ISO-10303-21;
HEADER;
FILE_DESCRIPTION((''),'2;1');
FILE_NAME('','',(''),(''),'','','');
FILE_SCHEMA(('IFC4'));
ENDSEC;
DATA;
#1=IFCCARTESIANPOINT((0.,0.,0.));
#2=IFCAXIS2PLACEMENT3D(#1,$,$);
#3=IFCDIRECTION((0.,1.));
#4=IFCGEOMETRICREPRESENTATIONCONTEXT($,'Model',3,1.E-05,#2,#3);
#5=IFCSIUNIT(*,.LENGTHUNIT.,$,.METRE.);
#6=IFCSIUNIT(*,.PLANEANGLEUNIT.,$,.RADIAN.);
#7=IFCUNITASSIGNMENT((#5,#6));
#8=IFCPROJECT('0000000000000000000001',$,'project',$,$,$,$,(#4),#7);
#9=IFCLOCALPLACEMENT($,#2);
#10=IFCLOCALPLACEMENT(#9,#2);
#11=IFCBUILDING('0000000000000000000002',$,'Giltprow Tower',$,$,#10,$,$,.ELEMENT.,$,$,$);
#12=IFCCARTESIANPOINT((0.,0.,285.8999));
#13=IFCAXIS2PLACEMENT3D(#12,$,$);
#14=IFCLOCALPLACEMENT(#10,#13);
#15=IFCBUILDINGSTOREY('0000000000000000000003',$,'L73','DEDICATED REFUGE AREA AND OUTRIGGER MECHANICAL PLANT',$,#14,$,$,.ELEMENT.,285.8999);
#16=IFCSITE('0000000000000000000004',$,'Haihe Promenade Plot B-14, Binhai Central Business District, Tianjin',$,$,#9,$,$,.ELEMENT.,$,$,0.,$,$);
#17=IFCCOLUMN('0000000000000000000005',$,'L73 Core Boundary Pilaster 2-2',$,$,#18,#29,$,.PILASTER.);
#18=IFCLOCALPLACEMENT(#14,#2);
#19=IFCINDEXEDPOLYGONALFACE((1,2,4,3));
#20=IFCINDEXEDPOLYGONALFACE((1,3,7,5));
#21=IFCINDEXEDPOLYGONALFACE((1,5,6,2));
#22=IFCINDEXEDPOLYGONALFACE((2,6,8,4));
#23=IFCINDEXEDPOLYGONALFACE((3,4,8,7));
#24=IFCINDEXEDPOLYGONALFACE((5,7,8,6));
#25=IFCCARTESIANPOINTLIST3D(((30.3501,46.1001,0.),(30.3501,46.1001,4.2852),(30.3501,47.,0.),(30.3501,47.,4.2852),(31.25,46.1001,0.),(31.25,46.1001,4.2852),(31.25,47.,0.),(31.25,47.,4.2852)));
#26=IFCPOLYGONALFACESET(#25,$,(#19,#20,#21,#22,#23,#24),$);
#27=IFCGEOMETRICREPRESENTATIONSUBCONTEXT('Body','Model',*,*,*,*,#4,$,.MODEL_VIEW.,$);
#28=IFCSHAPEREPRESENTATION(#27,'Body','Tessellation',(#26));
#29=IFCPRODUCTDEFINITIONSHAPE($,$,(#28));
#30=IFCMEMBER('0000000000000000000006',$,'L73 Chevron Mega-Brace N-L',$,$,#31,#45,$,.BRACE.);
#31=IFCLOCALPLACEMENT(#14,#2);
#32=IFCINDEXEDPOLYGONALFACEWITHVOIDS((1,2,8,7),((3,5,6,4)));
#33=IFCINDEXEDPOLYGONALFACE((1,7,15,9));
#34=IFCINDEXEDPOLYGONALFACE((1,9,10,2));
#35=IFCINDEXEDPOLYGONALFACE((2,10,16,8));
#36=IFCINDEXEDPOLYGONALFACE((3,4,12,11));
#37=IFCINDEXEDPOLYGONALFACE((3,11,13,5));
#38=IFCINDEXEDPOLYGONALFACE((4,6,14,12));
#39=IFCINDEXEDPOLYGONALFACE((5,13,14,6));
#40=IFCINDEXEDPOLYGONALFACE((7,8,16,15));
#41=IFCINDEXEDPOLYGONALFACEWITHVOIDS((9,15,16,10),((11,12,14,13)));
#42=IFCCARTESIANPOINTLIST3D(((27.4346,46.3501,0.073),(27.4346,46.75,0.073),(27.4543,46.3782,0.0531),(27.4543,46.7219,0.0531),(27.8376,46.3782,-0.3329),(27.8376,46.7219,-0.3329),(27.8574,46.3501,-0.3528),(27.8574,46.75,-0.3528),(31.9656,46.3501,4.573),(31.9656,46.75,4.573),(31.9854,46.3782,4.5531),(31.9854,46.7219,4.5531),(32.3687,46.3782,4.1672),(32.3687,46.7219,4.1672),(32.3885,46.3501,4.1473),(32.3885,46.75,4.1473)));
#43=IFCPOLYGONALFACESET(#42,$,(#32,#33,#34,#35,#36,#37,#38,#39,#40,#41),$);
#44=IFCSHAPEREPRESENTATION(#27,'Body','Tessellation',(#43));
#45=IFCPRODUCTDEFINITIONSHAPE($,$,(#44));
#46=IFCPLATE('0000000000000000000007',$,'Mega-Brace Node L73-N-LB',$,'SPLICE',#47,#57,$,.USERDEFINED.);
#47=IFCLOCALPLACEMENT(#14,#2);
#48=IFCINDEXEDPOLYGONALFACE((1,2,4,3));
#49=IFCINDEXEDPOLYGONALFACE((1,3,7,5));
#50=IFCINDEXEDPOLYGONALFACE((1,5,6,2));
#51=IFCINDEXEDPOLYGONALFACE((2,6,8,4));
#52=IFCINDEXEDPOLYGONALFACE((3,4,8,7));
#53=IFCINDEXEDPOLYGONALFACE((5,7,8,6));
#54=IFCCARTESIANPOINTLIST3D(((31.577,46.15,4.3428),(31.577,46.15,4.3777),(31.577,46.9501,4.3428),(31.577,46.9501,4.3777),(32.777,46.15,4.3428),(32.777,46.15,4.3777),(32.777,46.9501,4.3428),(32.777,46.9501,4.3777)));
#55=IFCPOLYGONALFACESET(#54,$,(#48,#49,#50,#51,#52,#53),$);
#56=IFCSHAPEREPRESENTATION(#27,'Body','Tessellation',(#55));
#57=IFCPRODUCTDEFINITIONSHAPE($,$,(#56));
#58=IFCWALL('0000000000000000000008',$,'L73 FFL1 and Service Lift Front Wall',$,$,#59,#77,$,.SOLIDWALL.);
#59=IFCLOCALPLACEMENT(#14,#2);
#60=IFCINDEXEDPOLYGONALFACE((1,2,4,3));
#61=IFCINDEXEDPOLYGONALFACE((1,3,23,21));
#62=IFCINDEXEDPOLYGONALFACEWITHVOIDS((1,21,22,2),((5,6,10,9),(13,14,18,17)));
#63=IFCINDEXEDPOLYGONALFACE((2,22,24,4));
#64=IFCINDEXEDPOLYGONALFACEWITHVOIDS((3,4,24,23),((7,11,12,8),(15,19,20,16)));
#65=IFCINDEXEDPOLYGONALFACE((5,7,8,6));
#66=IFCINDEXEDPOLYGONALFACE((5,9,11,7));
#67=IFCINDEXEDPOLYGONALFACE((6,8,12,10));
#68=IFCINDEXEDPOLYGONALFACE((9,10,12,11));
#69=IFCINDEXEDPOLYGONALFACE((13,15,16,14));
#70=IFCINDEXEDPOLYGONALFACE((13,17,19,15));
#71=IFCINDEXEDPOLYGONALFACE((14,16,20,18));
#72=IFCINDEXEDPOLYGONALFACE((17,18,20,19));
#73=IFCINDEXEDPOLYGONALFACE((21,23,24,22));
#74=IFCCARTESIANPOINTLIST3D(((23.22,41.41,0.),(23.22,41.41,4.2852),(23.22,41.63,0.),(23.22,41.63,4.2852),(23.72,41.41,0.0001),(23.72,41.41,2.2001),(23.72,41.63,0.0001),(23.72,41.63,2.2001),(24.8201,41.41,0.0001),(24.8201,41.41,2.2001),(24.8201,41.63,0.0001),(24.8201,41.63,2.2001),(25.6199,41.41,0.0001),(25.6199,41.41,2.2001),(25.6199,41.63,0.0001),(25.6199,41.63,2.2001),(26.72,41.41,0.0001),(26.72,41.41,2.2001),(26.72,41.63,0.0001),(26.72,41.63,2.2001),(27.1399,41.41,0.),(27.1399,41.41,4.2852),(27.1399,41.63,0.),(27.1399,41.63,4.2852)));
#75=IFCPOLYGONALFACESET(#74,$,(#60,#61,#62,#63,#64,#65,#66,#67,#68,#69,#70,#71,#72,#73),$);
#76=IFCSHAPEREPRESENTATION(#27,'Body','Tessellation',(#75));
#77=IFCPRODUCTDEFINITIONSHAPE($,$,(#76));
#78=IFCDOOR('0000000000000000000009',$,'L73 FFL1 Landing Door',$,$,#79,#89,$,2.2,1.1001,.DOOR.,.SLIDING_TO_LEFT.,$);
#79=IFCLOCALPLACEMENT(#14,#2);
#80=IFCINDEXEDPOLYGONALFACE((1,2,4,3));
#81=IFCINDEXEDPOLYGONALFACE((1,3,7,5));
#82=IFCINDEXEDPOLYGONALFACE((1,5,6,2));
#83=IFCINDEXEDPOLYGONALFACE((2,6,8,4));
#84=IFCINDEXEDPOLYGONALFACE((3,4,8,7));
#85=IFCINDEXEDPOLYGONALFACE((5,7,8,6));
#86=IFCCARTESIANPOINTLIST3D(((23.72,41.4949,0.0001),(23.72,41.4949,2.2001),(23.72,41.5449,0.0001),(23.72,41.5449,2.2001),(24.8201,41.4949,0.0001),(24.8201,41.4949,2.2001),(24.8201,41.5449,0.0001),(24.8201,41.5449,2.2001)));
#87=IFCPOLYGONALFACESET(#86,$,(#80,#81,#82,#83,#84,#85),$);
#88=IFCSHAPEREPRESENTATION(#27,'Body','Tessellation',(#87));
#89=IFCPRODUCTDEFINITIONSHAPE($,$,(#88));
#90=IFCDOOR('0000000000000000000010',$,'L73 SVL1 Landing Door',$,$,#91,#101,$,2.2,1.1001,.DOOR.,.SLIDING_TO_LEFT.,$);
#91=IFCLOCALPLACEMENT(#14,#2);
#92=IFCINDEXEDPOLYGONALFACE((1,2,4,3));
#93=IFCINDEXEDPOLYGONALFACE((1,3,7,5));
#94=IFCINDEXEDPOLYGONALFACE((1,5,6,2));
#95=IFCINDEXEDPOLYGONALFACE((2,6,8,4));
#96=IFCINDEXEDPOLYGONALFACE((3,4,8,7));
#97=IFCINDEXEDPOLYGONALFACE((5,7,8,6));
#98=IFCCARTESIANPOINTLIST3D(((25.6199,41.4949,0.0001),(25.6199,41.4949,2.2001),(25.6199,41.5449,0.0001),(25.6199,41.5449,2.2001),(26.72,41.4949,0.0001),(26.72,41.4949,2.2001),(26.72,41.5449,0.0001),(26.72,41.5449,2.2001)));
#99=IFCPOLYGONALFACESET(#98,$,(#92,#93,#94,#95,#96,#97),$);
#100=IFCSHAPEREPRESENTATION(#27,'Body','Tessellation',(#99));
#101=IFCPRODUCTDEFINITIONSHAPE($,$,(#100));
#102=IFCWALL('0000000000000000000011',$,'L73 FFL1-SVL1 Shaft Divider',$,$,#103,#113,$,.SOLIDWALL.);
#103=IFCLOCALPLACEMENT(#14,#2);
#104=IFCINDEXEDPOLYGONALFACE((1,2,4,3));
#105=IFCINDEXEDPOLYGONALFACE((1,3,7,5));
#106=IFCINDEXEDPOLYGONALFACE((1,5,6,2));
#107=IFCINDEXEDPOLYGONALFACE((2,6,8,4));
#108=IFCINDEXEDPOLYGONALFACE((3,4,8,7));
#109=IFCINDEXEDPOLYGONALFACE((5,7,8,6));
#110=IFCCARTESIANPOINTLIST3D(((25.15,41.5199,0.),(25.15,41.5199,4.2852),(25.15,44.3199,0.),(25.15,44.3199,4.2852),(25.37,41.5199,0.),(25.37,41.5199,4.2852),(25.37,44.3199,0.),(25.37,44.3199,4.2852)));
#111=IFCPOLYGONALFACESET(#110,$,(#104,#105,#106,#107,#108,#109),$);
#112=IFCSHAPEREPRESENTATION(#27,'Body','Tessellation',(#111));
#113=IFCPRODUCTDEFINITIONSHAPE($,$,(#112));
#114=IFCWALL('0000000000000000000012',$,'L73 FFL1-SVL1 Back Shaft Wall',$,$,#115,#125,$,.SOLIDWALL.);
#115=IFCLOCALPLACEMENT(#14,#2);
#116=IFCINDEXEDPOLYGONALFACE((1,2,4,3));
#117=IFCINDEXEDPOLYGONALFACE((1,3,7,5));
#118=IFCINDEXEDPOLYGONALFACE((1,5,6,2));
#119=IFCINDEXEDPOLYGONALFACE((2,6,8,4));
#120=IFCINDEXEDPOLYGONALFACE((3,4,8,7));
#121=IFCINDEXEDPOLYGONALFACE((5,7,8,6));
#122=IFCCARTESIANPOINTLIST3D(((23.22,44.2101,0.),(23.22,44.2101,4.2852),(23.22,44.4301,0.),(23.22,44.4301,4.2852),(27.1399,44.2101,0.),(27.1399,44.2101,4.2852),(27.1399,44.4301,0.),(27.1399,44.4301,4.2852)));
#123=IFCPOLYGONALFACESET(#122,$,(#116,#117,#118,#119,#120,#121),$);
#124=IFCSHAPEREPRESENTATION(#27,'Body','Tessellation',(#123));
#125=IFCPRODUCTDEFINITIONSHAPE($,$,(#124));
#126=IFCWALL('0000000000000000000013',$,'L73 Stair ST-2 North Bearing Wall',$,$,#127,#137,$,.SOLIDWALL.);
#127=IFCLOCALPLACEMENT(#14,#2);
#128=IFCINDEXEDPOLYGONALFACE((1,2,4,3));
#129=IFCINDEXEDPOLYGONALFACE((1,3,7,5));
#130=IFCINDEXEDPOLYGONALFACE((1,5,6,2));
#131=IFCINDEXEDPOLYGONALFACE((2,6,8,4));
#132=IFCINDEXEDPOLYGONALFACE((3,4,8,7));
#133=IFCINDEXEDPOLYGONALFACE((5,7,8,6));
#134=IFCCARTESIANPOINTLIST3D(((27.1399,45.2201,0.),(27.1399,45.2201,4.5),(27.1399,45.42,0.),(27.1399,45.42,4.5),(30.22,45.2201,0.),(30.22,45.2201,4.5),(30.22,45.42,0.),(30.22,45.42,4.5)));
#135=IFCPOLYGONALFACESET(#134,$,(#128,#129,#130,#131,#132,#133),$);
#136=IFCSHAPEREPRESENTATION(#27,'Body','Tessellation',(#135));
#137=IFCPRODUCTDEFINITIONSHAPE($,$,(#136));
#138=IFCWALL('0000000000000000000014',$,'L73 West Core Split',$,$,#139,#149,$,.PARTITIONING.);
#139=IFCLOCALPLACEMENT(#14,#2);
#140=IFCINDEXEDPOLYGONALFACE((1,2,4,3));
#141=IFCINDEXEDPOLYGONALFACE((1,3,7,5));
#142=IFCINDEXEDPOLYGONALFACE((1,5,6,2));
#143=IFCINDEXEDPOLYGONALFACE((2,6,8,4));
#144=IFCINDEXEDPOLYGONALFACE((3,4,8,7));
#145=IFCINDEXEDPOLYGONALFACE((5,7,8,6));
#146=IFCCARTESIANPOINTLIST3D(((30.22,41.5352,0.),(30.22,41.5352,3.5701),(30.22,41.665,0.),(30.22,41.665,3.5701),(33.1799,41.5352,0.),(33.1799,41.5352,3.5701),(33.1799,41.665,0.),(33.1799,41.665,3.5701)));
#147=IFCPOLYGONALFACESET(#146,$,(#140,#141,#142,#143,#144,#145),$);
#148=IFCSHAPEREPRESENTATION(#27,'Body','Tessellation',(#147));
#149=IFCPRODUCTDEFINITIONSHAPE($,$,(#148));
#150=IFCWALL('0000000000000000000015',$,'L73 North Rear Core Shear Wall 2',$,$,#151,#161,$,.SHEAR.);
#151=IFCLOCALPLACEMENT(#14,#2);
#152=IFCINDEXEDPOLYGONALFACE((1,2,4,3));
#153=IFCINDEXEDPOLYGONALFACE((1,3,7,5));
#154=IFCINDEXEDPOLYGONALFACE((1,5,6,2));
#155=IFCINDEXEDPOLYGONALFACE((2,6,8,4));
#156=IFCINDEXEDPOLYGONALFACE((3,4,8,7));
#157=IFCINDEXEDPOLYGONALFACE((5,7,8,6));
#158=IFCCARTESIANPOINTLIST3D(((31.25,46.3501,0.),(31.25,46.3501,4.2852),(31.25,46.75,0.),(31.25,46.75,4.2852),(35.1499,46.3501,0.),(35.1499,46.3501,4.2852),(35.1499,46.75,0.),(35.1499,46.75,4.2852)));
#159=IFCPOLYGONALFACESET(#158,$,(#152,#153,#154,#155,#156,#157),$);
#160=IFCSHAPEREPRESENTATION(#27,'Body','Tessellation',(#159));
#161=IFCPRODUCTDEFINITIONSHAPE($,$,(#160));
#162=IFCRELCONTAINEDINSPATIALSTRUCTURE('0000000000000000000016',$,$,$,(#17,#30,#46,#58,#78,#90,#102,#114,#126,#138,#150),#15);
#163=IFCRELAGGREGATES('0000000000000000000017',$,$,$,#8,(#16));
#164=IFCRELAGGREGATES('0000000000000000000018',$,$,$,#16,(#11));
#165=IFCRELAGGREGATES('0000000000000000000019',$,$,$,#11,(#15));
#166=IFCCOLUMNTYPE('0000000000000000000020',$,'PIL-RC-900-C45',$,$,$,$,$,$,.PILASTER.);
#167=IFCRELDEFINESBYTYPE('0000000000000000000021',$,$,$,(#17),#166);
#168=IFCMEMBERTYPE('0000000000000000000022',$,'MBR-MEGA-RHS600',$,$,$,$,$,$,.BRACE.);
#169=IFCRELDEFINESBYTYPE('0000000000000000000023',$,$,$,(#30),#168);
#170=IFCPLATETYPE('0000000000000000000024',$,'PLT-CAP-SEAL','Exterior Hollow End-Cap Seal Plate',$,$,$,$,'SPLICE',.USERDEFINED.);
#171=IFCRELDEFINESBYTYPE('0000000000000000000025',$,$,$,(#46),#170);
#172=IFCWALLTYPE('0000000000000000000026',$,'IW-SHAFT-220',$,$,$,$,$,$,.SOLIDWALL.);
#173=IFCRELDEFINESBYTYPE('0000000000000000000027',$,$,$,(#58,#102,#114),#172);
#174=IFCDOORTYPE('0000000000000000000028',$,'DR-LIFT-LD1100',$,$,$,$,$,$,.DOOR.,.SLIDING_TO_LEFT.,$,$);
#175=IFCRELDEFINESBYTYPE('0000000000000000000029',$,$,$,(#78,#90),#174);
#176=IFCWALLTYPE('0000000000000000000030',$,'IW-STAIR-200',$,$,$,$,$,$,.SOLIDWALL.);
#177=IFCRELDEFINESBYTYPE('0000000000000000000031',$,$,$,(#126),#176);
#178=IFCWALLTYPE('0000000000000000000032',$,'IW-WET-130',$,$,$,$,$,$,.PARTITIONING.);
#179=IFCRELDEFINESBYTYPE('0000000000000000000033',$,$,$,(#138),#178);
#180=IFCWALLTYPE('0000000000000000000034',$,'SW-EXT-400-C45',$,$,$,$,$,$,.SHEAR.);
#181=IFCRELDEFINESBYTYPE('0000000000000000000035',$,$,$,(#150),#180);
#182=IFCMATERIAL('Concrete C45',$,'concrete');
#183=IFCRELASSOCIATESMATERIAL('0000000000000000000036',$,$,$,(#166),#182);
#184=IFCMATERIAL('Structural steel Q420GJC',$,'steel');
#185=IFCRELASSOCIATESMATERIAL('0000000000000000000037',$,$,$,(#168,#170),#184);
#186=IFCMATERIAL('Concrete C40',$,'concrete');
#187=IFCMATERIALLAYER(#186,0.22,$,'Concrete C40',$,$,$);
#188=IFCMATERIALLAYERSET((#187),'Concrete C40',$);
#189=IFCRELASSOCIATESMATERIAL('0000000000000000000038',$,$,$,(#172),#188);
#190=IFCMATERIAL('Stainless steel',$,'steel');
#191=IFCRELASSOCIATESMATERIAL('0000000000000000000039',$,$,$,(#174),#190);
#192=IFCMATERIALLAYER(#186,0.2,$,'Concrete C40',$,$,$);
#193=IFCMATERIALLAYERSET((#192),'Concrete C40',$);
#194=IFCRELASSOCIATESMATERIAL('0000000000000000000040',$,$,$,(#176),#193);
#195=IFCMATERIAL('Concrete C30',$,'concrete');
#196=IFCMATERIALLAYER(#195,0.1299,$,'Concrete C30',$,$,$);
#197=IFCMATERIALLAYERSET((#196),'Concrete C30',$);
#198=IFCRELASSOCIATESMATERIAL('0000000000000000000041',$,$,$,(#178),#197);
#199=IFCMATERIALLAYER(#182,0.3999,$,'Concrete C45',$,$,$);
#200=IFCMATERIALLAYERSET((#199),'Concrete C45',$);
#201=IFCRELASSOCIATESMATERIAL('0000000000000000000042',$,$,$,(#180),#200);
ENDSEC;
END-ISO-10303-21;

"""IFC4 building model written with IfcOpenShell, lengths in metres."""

from ifc_helpers import new_model, si_unit, direction, frame, frame_2d, origin, origin_2d, place, context, subcontext, project, spatial, rectangle, hollow_rectangle, extrude, source, transform, mapped, material, layer, layer_set, material_profile, profile_set, type_object, element, fill, save


model = new_model("IFC4")

# Units and contexts
model_context = context("Model", 3, precision=1e-05, world=origin(), true_north=direction((0.0, 1.0)))
body_context = subcontext(model_context, "Body", "Model", "MODEL_VIEW")
ifc_project = project(units=[si_unit("LENGTHUNIT", "METRE"), si_unit("PLANEANGLEUNIT", "RADIAN")], contexts=[model_context])

# Site, building, storey
site_placement = place(None, origin())
site = spatial("IfcSite", under=ifc_project, at=site_placement, Name="Haihe Promenade Plot B-14, Binhai Central Business District, Tianjin", CompositionType="ELEMENT", RefElevation=0.0)
building_placement = place(site_placement, origin())
building = spatial("IfcBuilding", under=site, at=building_placement, Name="Giltprow Tower", CompositionType="ELEMENT")
storey_placement = place(building_placement, frame((0.0, 0.0, 285.8999)))
storey = spatial("IfcBuildingStorey", under=building, at=storey_placement, Name="L73", Description="DEDICATED REFUGE AREA AND OUTRIGGER MECHANICAL PLANT", CompositionType="ELEMENT", Elevation=285.8999)

# Column
ifc_material_1 = material(Name="Concrete C45", Category="concrete")
ifc_material_profile_1 = material_profile(ifc_material_1, rectangle(XDim=0.8999, YDim=0.8999, at=origin_2d()), Name="RC 900x900")
ifc_profile_set_1 = profile_set([ifc_material_profile_1], Name="Concrete C45")
column_type = type_object("IfcColumnType", Name="PIL-RC-900-C45", PredefinedType="PILASTER", material=ifc_profile_set_1)
shared_shape_1 = source(origin(), body_context, "Body", "SweptSolid", [
    extrude(rectangle(XDim=0.8999, YDim=0.8999, at=origin_2d()), origin(), (0.0, 0.0, 1.0), 4.2852),
])
column_placement = place(storey_placement, frame((30.8, 46.55, 0.0), z_axis=(0.0, 0.0, 1.0), x_axis=(1.0, 0.0, 0.0)))
element("IfcColumn", 1, at=column_placement, inside=storey, type_object=column_type, Name="L73 Core Boundary Pilaster 2-2", PredefinedType="PILASTER", context=body_context, shape_type="MappedRepresentation", body=[
    mapped(shared_shape_1, transform((0.0, 0.0, 0.0), x_axis=(1.0, 0.0, 0.0), y_axis=(0.0, 1.0, 0.0), z_axis=(0.0, 0.0, 1.0), scale=1.0)),
])

# Member
ifc_material_2 = material(Name="Structural steel Q420GJC", Category="steel")
ifc_material_profile_2 = material_profile(ifc_material_2, hollow_rectangle(XDim=0.3999, YDim=0.6001, WallThickness=0.0281, at=origin_2d()), Name="RHS 600x400x28")
ifc_profile_set_2 = profile_set([ifc_material_profile_2], Name="Structural steel Q420GJC")
member_type = type_object("IfcMemberType", Name="MBR-MEGA-RHS600", PredefinedType="BRACE", material=ifc_profile_set_2)
shared_shape_2 = source(origin(), body_context, "Body", "SweptSolid", [
    extrude(hollow_rectangle(XDim=0.3999, YDim=0.6001, WallThickness=0.0281, at=origin_2d()), origin(), (0.0, 0.0, 1.0), 6.386),
])
member_placement = place(storey_placement, frame((27.646, 46.55, -0.1399), z_axis=(0.70953, 0.0, 0.704675), x_axis=(0.0, 1.0, 0.0)))
element("IfcMember", 2, at=member_placement, inside=storey, type_object=member_type, Name="L73 Chevron Mega-Brace N-L", PredefinedType="BRACE", context=body_context, shape_type="MappedRepresentation", body=[
    mapped(shared_shape_2, transform((0.0, 0.0, 0.0), x_axis=(1.0, 0.0, 0.0), y_axis=(0.0, 1.0, 0.0), z_axis=(0.0, 0.0, 1.0), scale=1.0)),
])

# Plate
plate_type = type_object("IfcPlateType", Name="PLT-CAP-SEAL", Description="Exterior Hollow End-Cap Seal Plate", ElementType="SPLICE", PredefinedType="USERDEFINED", material=ifc_material_2)
shared_shape_3 = source(origin(), body_context, "Body", "SweptSolid", [
    extrude(rectangle(XDim=1.2, YDim=0.8, at=origin_2d()), origin(), (0.0, 0.0, 1.0), 0.0349),
])
plate_placement = place(storey_placement, frame((32.177, 46.55, 4.3428), z_axis=(0.0, 0.0, 1.0), x_axis=(1.0, 0.0, 0.0)))
element("IfcPlate", 3, at=plate_placement, inside=storey, type_object=plate_type, Name="Mega-Brace Node L73-N-LB", ObjectType="SPLICE", PredefinedType="USERDEFINED", context=body_context, shape_type="MappedRepresentation", body=[
    mapped(shared_shape_3, transform((0.0, 0.0, 0.0), x_axis=(1.0, 0.0, 0.0), y_axis=(0.0, 1.0, 0.0), z_axis=(0.0, 0.0, 1.0), scale=1.0)),
])

# Wall, openings, doors
ifc_material_3 = material(Name="Concrete C40", Category="concrete")
ifc_layer_1 = layer(ifc_material_3, 0.22, Name="Concrete C40")
ifc_layer_set_1 = layer_set([ifc_layer_1], Name="Concrete C40")
wall_type_1 = type_object("IfcWallType", Name="IW-SHAFT-220", PredefinedType="SOLIDWALL", material=ifc_layer_set_1)
wall_1_placement = place(storey_placement, frame((23.22, 41.52, 0.0), z_axis=(0.0, 0.0, 1.0), x_axis=(1.0, 0.0, 0.0)))
wall_1 = element("IfcWall", 4, at=wall_1_placement, inside=storey, type_object=wall_type_1, Name="L73 FFL1 and Service Lift Front Wall", PredefinedType="SOLIDWALL", context=body_context, shape_type="SweptSolid", body=[
    extrude(rectangle(XDim=3.9199, YDim=0.22, at=frame_2d((1.96, 0.0))), origin(), (0.0, 0.0, 1.0), 4.2852),
])
opening_1_placement = place(wall_1_placement, frame((0.5, 0.0, 0.0)))
opening_1 = element("IfcOpeningElement", 5, at=opening_1_placement, cuts=wall_1, PredefinedType="OPENING", context=body_context, shape_type="SweptSolid", body=[
    extrude(rectangle(XDim=1.1001, YDim=2.2, at=frame_2d((0.55, 1.1001))), frame((0.0, 0.1199, 0.0), z_axis=(0.0, -1.0, 0.0), x_axis=(1.0, 0.0, 0.0)), (0.0, 0.0, 1.0), 0.24),
])
opening_2_placement = place(wall_1_placement, frame((2.3999, 0.0, 0.0)))
opening_2 = element("IfcOpeningElement", 6, at=opening_2_placement, cuts=wall_1, PredefinedType="OPENING", context=body_context, shape_type="SweptSolid", body=[
    extrude(rectangle(XDim=1.1001, YDim=2.2, at=frame_2d((0.55, 1.1001))), frame((0.0, 0.1199, 0.0), z_axis=(0.0, -1.0, 0.0), x_axis=(1.0, 0.0, 0.0)), (0.0, 0.0, 1.0), 0.24),
])
ifc_material_4 = material(Name="Stainless steel", Category="steel")
door_type = type_object("IfcDoorType", Name="DR-LIFT-LD1100", OperationType="SLIDING_TO_LEFT", PredefinedType="DOOR", material=ifc_material_4)
shared_shape_4 = source(origin(), body_context, "Body", "SweptSolid", [
    extrude(rectangle(XDim=1.1001, YDim=2.2, at=frame_2d((0.55, 1.1001))), frame((0.0, 0.0249, 0.0), z_axis=(0.0, -1.0, 0.0), x_axis=(1.0, 0.0, 0.0)), (0.0, 0.0, 1.0), 0.05),
])
door_1_placement = place(opening_1_placement, origin())
door_1 = element("IfcDoor", 7, at=door_1_placement, inside=storey, type_object=door_type, Name="L73 FFL1 Landing Door", OperationType="SLIDING_TO_LEFT", OverallHeight=2.2, OverallWidth=1.1001, PredefinedType="DOOR", context=body_context, shape_type="MappedRepresentation", body=[
    mapped(shared_shape_4, transform((0.0, 0.0, 0.0), x_axis=(1.0, 0.0, 0.0), y_axis=(0.0, 1.0, 0.0), z_axis=(0.0, 0.0, 1.0), scale=1.0)),
])
fill(opening_1, door_1)
door_2_placement = place(opening_2_placement, origin())
door_2 = element("IfcDoor", 8, at=door_2_placement, inside=storey, type_object=door_type, Name="L73 SVL1 Landing Door", OperationType="SLIDING_TO_LEFT", OverallHeight=2.2, OverallWidth=1.1001, PredefinedType="DOOR", context=body_context, shape_type="MappedRepresentation", body=[
    mapped(shared_shape_4, transform((0.0, 0.0, 0.0), x_axis=(1.0, 0.0, 0.0), y_axis=(0.0, 1.0, 0.0), z_axis=(0.0, 0.0, 1.0), scale=1.0)),
])
fill(opening_2, door_2)

# Walls
wall_2_placement = place(storey_placement, frame((25.26, 41.52, 0.0), z_axis=(0.0, 0.0, 1.0), x_axis=(0.0, 1.0, 0.0)))
element("IfcWall", 9, at=wall_2_placement, inside=storey, type_object=wall_type_1, Name="L73 FFL1-SVL1 Shaft Divider", PredefinedType="SOLIDWALL", context=body_context, shape_type="SweptSolid", body=[
    extrude(rectangle(XDim=2.8, YDim=0.22, at=frame_2d((1.3999, 0.0))), origin(), (0.0, 0.0, 1.0), 4.2852),
])
wall_3_placement = place(storey_placement, frame((23.22, 44.3201, 0.0), z_axis=(0.0, 0.0, 1.0), x_axis=(1.0, 0.0, 0.0)))
element("IfcWall", 10, at=wall_3_placement, inside=storey, type_object=wall_type_1, Name="L73 FFL1-SVL1 Back Shaft Wall", PredefinedType="SOLIDWALL", context=body_context, shape_type="SweptSolid", body=[
    extrude(rectangle(XDim=3.9199, YDim=0.22, at=frame_2d((1.96, 0.0))), origin(), (0.0, 0.0, 1.0), 4.2852),
])
ifc_layer_2 = layer(ifc_material_3, 0.2, Name="Concrete C40")
ifc_layer_set_2 = layer_set([ifc_layer_2], Name="Concrete C40")
wall_type_2 = type_object("IfcWallType", Name="IW-STAIR-200", PredefinedType="SOLIDWALL", material=ifc_layer_set_2)
wall_4_placement = place(storey_placement, frame((27.1399, 45.3201, 0.0), z_axis=(0.0, 0.0, 1.0), x_axis=(1.0, 0.0, 0.0)))
element("IfcWall", 11, at=wall_4_placement, inside=storey, type_object=wall_type_2, Name="L73 Stair ST-2 North Bearing Wall", PredefinedType="SOLIDWALL", context=body_context, shape_type="SweptSolid", body=[
    extrude(rectangle(XDim=3.0801, YDim=0.2, at=frame_2d((1.54, 0.0))), origin(), (0.0, 0.0, 1.0), 4.5),
])
ifc_material_5 = material(Name="Concrete C30", Category="concrete")
ifc_layer_3 = layer(ifc_material_5, 0.1299, Name="Concrete C30")
ifc_layer_set_3 = layer_set([ifc_layer_3], Name="Concrete C30")
wall_type_3 = type_object("IfcWallType", Name="IW-WET-130", PredefinedType="PARTITIONING", material=ifc_layer_set_3)
wall_5_placement = place(storey_placement, frame((30.22, 41.6001, 0.0), z_axis=(0.0, 0.0, 1.0), x_axis=(1.0, 0.0, 0.0)))
element("IfcWall", 12, at=wall_5_placement, inside=storey, type_object=wall_type_3, Name="L73 West Core Split", PredefinedType="PARTITIONING", context=body_context, shape_type="SweptSolid", body=[
    extrude(rectangle(XDim=2.96, YDim=0.1299, at=frame_2d((1.48, 0.0))), origin(), (0.0, 0.0, 1.0), 3.5701),
])
ifc_layer_4 = layer(ifc_material_1, 0.3999, Name="Concrete C45")
ifc_layer_set_4 = layer_set([ifc_layer_4], Name="Concrete C45")
wall_type_4 = type_object("IfcWallType", Name="SW-EXT-400-C45", PredefinedType="SHEAR", material=ifc_layer_set_4)
wall_6_placement = place(storey_placement, frame((31.25, 46.55, 0.0), z_axis=(0.0, 0.0, 1.0), x_axis=(1.0, 0.0, 0.0)))
element("IfcWall", 13, at=wall_6_placement, inside=storey, type_object=wall_type_4, Name="L73 North Rear Core Shear Wall 2", PredefinedType="SHEAR", context=body_context, shape_type="SweptSolid", body=[
    extrude(rectangle(XDim=3.8999, YDim=0.3999, at=frame_2d((1.95, 0.0))), origin(), (0.0, 0.0, 1.0), 4.2852),
])

save(model, "model.ifc")
